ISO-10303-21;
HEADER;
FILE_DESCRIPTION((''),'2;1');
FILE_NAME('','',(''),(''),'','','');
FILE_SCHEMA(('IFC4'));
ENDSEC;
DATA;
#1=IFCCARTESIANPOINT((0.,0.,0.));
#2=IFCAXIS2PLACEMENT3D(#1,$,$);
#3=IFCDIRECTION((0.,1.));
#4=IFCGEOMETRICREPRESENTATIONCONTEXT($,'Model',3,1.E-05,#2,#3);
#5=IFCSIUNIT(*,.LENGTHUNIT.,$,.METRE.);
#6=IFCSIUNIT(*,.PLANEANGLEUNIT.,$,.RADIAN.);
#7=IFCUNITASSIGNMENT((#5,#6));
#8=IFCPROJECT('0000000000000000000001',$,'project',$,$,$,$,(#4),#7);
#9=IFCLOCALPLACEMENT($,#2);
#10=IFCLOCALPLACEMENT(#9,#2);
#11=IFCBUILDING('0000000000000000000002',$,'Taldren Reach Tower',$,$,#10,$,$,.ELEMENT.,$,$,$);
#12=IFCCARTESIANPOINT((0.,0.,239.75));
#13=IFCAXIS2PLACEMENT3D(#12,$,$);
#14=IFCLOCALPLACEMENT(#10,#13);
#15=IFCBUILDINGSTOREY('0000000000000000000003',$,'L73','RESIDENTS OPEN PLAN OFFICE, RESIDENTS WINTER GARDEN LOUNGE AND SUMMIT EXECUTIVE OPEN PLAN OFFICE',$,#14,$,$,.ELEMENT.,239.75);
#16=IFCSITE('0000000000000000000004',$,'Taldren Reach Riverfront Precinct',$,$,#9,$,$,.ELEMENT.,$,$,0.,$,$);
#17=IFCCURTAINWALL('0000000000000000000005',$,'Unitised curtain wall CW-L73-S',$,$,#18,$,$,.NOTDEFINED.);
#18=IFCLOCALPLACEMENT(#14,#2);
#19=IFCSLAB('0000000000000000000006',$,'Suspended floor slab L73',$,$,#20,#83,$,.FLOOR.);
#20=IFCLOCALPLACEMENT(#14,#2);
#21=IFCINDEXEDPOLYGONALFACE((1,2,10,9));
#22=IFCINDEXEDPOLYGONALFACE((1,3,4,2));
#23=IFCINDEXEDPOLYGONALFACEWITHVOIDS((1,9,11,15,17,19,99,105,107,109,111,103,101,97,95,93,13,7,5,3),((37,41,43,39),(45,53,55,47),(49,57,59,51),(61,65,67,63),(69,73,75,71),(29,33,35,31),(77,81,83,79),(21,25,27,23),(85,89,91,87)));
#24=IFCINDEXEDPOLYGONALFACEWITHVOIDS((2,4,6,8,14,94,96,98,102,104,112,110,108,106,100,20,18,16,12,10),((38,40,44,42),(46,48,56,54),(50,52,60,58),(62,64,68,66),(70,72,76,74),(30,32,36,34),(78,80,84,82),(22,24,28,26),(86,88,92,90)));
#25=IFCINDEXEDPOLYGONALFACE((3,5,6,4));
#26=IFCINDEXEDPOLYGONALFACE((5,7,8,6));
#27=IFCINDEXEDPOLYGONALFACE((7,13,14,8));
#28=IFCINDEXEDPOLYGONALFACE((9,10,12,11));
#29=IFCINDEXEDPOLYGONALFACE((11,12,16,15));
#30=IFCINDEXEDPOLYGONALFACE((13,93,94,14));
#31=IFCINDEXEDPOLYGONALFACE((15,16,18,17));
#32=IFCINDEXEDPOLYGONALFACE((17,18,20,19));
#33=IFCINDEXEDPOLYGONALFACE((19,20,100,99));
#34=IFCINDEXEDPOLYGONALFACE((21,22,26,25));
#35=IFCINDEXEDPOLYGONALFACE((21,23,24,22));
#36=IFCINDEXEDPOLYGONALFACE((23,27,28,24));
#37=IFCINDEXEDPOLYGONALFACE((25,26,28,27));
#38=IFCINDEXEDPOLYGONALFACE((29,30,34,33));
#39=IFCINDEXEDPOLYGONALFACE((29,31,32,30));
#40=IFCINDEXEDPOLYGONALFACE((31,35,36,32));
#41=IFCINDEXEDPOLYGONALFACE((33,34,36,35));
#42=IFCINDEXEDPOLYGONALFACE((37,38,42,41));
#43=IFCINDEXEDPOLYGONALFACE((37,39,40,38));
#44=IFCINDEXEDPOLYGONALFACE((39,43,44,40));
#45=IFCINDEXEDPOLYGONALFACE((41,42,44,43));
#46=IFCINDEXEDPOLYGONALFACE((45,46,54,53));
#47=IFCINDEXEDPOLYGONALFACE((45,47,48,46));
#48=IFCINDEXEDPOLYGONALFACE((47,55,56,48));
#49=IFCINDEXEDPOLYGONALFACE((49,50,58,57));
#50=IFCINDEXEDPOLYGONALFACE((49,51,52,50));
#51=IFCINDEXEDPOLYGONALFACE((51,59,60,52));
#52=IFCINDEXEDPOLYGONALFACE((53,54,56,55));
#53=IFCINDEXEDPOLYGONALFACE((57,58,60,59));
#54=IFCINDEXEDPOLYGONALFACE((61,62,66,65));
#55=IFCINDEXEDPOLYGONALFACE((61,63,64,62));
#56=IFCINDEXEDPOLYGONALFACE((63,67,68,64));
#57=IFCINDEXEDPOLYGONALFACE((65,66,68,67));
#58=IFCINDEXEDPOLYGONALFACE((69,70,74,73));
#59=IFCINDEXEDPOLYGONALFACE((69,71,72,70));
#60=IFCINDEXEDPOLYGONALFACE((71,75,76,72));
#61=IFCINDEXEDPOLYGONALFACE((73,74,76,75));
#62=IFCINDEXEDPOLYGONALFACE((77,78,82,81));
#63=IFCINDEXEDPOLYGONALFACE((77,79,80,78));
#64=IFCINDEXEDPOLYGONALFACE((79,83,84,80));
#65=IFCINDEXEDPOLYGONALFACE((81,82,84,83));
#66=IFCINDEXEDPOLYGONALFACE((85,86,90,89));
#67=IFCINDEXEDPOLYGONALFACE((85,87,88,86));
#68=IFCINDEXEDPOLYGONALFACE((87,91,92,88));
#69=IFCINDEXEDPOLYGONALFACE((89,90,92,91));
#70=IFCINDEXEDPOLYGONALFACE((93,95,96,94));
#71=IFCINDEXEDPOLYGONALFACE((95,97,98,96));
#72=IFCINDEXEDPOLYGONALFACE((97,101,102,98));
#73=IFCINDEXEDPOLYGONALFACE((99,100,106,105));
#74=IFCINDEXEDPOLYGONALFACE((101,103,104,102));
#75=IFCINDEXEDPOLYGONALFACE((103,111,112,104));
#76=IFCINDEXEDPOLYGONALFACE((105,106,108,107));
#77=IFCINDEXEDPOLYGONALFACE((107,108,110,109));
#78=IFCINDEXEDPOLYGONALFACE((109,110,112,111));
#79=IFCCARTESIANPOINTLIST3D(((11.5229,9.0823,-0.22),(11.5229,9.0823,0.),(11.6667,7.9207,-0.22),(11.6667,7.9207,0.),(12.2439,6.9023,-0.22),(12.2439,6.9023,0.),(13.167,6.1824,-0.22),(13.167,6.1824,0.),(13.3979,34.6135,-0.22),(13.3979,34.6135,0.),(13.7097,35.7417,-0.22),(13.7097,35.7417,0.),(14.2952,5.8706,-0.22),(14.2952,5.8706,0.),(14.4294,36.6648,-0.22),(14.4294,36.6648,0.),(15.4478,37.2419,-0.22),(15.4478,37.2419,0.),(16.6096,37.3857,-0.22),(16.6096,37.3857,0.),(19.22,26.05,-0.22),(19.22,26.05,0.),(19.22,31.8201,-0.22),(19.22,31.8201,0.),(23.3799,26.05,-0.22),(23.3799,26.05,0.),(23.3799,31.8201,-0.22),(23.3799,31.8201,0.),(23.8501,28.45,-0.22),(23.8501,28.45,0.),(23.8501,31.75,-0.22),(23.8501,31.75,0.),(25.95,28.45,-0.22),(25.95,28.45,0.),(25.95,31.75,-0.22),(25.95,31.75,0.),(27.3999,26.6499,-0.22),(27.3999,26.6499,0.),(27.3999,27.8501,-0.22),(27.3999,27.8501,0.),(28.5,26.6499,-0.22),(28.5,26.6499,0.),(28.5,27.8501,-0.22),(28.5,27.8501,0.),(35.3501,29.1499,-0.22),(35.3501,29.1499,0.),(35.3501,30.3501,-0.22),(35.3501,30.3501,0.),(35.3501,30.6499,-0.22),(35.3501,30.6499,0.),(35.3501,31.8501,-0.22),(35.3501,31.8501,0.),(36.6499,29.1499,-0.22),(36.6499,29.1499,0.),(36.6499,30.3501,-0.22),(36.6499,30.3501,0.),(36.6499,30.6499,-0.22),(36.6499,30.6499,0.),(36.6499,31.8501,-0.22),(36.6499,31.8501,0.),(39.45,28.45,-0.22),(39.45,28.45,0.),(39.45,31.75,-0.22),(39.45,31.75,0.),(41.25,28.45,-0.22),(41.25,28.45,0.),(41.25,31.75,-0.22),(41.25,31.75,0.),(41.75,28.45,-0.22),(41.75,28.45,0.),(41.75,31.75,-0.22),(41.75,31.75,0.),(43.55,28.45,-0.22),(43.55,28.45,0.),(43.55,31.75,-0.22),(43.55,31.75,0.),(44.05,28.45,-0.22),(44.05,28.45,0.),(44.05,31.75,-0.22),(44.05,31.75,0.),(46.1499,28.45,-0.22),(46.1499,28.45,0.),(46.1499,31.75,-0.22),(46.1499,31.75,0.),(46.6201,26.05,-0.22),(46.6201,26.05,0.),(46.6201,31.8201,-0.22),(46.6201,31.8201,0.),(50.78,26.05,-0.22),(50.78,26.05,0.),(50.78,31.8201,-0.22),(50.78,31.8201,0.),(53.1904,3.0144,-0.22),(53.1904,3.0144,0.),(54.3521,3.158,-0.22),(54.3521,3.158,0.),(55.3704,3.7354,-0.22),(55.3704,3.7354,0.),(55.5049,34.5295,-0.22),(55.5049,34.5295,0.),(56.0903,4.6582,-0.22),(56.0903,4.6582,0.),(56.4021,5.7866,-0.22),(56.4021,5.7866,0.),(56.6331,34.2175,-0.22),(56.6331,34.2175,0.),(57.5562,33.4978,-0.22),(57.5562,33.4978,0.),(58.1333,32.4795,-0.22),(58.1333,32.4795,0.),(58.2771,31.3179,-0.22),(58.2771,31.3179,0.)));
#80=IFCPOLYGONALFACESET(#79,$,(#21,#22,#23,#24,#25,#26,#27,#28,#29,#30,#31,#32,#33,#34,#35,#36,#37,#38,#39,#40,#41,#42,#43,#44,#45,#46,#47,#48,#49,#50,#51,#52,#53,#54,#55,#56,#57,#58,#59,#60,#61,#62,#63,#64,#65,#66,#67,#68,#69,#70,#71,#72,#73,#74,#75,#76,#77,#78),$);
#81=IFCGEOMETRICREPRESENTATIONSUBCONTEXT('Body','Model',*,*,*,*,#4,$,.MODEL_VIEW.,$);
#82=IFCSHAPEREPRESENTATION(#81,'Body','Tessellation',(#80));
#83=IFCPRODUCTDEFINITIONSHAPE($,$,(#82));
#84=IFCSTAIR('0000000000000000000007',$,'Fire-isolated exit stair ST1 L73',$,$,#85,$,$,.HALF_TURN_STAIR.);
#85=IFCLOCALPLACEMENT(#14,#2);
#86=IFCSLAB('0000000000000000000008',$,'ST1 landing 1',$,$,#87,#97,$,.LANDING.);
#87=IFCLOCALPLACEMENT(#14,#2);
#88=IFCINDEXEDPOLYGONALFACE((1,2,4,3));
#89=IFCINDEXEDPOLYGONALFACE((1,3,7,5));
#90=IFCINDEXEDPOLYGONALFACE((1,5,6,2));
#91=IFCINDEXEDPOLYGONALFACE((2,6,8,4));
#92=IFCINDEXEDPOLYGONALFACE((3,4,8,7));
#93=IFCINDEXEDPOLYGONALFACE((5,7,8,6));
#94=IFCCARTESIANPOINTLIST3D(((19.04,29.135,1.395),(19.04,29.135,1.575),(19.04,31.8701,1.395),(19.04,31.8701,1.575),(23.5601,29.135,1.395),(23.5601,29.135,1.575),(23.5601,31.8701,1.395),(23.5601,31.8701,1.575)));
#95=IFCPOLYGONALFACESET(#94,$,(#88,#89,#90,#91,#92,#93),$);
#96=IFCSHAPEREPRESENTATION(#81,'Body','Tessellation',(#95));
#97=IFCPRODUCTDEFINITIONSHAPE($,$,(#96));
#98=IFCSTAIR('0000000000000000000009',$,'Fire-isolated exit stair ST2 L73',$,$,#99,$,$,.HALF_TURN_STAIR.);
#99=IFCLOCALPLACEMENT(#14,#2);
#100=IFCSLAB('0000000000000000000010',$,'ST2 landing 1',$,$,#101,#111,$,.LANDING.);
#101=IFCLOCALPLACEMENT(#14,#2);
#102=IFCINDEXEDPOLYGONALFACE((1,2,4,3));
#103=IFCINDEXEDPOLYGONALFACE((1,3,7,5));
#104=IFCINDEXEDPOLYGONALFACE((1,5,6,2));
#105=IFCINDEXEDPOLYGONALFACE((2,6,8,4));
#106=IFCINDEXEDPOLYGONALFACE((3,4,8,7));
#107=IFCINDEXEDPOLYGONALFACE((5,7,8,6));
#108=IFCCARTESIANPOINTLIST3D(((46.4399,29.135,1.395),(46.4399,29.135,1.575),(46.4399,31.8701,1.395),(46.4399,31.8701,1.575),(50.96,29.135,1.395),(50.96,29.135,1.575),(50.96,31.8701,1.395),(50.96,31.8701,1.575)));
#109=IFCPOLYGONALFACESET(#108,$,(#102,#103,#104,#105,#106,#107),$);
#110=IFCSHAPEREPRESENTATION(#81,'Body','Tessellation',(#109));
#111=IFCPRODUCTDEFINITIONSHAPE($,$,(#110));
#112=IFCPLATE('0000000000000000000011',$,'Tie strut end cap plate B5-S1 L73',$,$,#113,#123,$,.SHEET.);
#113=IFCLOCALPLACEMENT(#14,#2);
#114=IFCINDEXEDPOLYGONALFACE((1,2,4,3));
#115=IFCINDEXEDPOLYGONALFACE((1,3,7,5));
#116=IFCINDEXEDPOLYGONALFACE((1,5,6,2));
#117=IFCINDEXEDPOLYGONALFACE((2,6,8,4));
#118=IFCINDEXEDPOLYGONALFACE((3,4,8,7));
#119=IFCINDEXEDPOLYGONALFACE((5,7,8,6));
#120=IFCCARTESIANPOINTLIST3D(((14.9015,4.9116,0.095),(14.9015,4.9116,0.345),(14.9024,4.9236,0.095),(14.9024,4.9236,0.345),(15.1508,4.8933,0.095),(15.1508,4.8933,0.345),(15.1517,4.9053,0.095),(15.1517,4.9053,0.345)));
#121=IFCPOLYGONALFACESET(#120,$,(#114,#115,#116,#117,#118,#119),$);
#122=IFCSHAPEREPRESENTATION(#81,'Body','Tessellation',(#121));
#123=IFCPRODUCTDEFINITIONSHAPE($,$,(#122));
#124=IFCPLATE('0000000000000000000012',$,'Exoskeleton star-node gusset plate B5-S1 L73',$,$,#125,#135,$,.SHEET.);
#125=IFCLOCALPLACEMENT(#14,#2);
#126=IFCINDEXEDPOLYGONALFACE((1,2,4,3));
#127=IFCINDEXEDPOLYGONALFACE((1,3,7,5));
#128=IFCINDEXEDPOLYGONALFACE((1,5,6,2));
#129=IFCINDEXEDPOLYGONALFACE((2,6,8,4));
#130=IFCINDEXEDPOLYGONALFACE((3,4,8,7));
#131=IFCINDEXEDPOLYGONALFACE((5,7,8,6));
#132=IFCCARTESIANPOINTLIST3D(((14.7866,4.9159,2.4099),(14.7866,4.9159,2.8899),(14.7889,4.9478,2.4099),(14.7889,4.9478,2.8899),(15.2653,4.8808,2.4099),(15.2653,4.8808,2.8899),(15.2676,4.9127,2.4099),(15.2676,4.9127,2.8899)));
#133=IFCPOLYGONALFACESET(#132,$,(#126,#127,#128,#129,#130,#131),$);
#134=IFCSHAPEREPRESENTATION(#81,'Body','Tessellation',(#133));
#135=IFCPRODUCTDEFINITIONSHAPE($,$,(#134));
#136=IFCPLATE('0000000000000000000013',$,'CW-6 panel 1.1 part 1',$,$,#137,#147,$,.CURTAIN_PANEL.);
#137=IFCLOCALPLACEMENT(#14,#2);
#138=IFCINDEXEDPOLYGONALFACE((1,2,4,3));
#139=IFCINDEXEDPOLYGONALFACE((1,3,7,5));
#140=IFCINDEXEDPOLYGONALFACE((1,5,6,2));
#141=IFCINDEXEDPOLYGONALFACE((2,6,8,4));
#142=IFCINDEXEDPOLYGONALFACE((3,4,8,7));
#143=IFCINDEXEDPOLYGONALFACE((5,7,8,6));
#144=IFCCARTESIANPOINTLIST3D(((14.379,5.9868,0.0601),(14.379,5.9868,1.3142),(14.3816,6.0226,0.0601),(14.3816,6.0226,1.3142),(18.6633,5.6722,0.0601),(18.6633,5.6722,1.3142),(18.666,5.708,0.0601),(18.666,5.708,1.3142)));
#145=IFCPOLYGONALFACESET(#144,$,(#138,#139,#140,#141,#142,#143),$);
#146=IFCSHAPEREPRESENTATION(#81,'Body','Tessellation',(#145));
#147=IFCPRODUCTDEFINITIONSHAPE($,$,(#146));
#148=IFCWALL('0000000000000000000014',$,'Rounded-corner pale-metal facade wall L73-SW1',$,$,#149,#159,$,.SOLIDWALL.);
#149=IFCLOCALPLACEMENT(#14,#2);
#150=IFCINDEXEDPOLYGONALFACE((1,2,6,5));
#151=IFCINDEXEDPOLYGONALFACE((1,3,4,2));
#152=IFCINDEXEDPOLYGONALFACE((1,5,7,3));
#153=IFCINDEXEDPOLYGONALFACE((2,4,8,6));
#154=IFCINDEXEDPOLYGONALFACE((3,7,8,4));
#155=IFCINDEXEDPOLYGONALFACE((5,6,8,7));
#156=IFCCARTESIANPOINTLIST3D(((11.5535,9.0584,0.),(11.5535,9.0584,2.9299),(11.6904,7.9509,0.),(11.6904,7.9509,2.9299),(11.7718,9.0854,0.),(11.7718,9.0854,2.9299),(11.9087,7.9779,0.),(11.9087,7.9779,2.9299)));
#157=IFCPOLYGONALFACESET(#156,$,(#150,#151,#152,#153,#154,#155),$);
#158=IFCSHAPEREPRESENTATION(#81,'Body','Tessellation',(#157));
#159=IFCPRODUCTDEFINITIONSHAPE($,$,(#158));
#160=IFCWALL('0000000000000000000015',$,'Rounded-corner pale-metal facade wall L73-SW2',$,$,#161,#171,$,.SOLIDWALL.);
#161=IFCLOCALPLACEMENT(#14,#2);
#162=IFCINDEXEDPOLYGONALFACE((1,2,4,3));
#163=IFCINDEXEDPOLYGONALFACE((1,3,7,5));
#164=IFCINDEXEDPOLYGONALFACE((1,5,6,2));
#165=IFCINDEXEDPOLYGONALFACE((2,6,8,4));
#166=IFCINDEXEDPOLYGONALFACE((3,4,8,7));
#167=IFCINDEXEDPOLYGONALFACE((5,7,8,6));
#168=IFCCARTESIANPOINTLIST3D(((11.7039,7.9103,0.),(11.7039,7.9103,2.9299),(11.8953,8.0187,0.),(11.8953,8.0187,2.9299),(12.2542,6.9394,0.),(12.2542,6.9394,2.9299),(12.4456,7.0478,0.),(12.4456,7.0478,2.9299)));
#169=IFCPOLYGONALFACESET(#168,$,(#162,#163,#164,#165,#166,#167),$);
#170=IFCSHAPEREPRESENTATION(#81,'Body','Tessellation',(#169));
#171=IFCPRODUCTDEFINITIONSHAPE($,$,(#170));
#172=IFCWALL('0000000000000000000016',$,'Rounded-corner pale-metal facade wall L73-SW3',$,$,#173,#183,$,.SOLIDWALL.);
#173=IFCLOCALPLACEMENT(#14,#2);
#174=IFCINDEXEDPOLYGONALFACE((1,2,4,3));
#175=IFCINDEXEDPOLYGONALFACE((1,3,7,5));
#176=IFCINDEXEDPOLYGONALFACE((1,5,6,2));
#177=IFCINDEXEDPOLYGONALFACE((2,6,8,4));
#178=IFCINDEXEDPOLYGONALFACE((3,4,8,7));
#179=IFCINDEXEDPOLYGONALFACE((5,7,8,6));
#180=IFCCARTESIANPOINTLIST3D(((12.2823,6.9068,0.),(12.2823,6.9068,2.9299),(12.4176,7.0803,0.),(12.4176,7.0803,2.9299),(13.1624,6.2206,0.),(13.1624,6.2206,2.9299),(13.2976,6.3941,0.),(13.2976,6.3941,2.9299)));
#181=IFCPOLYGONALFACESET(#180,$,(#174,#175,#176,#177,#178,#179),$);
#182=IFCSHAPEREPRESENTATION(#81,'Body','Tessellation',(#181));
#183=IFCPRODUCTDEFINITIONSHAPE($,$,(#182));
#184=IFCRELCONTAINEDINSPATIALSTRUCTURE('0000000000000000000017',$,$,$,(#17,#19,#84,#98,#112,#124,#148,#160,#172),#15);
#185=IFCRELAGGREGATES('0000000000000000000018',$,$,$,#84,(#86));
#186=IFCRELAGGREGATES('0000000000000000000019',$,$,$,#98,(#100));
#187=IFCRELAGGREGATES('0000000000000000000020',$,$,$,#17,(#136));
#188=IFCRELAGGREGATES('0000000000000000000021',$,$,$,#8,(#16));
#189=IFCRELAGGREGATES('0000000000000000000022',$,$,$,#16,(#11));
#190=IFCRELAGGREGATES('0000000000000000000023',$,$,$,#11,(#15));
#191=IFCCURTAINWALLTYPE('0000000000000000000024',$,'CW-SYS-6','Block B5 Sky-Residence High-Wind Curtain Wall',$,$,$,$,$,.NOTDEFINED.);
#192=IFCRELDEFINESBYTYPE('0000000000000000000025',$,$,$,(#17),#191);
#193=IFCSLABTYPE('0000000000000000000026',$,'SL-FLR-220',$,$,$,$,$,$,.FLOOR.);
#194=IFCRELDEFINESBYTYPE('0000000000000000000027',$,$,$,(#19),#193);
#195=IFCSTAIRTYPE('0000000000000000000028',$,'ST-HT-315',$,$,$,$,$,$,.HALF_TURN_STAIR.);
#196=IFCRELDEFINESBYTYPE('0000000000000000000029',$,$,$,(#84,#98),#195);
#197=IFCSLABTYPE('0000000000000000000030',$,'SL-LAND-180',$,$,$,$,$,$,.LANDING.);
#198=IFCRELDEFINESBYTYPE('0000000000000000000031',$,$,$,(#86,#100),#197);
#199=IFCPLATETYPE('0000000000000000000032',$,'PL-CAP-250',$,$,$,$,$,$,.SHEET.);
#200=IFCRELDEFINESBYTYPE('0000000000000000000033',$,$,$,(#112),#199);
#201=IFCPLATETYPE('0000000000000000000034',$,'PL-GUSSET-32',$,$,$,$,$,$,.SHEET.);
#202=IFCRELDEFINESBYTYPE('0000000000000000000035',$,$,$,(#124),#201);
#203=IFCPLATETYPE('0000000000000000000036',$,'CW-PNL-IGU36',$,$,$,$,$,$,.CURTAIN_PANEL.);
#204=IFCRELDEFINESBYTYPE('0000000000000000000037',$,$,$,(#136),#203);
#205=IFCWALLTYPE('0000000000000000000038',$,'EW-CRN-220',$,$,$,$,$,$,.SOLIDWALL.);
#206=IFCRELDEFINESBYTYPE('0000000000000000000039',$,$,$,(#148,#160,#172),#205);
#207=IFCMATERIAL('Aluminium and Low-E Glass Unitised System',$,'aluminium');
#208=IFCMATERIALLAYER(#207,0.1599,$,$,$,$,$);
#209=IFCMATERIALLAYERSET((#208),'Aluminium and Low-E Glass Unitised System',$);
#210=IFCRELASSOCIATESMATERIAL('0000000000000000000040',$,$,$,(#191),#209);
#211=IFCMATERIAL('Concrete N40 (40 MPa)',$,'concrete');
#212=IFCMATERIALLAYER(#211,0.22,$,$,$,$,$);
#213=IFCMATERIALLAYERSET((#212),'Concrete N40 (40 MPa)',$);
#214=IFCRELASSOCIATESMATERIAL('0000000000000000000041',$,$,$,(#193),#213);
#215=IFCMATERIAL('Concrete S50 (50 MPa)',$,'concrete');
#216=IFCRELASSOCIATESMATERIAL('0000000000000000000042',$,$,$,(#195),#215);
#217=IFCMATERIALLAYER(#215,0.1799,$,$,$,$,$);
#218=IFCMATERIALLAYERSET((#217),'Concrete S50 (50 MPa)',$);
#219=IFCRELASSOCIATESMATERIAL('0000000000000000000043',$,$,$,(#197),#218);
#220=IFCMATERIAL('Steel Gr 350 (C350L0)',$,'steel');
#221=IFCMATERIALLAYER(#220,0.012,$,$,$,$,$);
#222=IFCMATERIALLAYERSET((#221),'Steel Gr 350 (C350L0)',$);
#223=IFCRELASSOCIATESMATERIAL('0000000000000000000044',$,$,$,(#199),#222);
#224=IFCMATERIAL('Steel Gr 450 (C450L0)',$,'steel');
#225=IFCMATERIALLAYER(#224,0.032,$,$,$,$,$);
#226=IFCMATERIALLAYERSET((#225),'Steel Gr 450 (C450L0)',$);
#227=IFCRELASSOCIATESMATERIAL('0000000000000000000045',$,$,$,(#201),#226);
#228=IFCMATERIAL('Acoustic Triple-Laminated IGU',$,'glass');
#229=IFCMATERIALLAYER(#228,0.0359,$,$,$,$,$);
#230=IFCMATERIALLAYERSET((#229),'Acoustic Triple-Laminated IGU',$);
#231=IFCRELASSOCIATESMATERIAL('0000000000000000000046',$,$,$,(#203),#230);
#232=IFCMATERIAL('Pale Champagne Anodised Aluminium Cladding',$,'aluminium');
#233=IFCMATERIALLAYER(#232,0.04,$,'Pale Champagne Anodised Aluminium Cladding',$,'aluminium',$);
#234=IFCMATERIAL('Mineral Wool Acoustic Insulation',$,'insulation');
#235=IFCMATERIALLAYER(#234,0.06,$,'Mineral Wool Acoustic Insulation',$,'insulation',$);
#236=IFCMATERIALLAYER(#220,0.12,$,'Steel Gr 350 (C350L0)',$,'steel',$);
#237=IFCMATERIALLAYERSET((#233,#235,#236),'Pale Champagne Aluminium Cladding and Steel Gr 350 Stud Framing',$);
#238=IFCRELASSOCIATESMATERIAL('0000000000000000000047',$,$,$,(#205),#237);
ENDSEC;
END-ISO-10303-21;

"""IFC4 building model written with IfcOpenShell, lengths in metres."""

from ifc_helpers import new_model, si_unit, direction, frame, frame_2d, origin, origin_2d, place, context, subcontext, project, spatial, polyline, rectangle, outline, extrude, source, transform, mapped, material, layer, layer_set, type_object, element, aggregate, save


model = new_model("IFC4")

# Units and contexts
model_context = context("Model", 3, precision=1e-05, world=origin(), true_north=direction((0.0, 1.0)))
body_context = subcontext(model_context, "Body", "Model", "MODEL_VIEW")
ifc_project = project(units=[si_unit("LENGTHUNIT", "METRE"), si_unit("PLANEANGLEUNIT", "RADIAN")], contexts=[model_context])

# Site, building, storey
site_placement = place(None, origin())
site = spatial("IfcSite", under=ifc_project, at=site_placement, Name="Taldren Reach Riverfront Precinct", CompositionType="ELEMENT", RefElevation=0.0)
building_placement = place(site_placement, origin())
building = spatial("IfcBuilding", under=site, at=building_placement, Name="Taldren Reach Tower", CompositionType="ELEMENT")
storey_placement = place(building_placement, frame((0.0, 0.0, 239.75)))
storey = spatial("IfcBuildingStorey", under=building, at=storey_placement, Name="L73", Description="RESIDENTS OPEN PLAN OFFICE, RESIDENTS WINTER GARDEN LOUNGE AND SUMMIT EXECUTIVE OPEN PLAN OFFICE", CompositionType="ELEMENT", Elevation=239.75)

# Shared definitions
ifc_material_1 = material(Name="Steel Gr 350 (C350L0)", Category="steel")

# Shared definitions
ifc_material_2 = material(Name="Steel Gr 450 (C450L0)", Category="steel")

# Curtain wall
ifc_material_3 = material(Name="Aluminium and Low-E Glass Unitised System", Category="aluminium")
ifc_layer_1 = layer(ifc_material_3, 0.1599)
ifc_layer_set_1 = layer_set([ifc_layer_1], Name="Aluminium and Low-E Glass Unitised System")
curtain_wall_type = type_object("IfcCurtainWallType", Name="CW-SYS-6", Description="Block B5 Sky-Residence High-Wind Curtain Wall", PredefinedType="NOTDEFINED", material=ifc_layer_set_1)
curtain_wall_1_placement = place(storey_placement, origin())
curtain_wall_1 = element("IfcCurtainWall", 1, at=curtain_wall_1_placement, inside=storey, type_object=curtain_wall_type, Name="Unitised curtain wall CW-L73-S", PredefinedType="NOTDEFINED")

# Slab
ifc_material_4 = material(Name="Concrete N40 (40 MPa)", Category="concrete")
ifc_layer_2 = layer(ifc_material_4, 0.22)
ifc_layer_set_2 = layer_set([ifc_layer_2], Name="Concrete N40 (40 MPa)")
slab_type_1 = type_object("IfcSlabType", Name="SL-FLR-220", PredefinedType="FLOOR", material=ifc_layer_set_2)
slab_1_placement = place(storey_placement, frame((0.0, 0.0, -0.22)))
element("IfcSlab", 2, at=slab_1_placement, inside=storey, type_object=slab_type_1, Name="Suspended floor slab L73", PredefinedType="FLOOR", context=body_context, shape_type="SweptSolid", body=[
    extrude(outline(polyline([(53.1904, 3.0144), (54.3521, 3.158), (55.3704, 3.7354), (56.0903, 4.6582), (56.4021, 5.7866), (58.2771, 31.3179), (58.1333, 32.4795), (57.5562, 33.4978), (56.6331, 34.2175), (55.5049, 34.5295), (16.6096, 37.3857), (15.4478, 37.2419), (14.4294, 36.6648), (13.7097, 35.7417), (13.3979, 34.6135), (11.5229, 9.0823), (11.6667, 7.9207), (12.2439, 6.9023), (13.167, 6.1824), (14.2952, 5.8706), (53.1904, 3.0144)]), holes=[polyline([(19.22, 26.05), (23.3799, 26.05), (23.3799, 31.8201), (19.22, 31.8201), (19.22, 26.05)]), polyline([(46.6201, 26.05), (50.78, 26.05), (50.78, 31.8201), (46.6201, 31.8201), (46.6201, 26.05)]), polyline([(23.8501, 28.45), (25.95, 28.45), (25.95, 31.75), (23.8501, 31.75), (23.8501, 28.45)]), polyline([(44.05, 28.45), (46.1499, 28.45), (46.1499, 31.75), (44.05, 31.75), (44.05, 28.45)]), polyline([(39.45, 28.45), (41.25, 28.45), (41.25, 31.75), (39.45, 31.75), (39.45, 28.45)]), polyline([(41.75, 28.45), (43.55, 28.45), (43.55, 31.75), (41.75, 31.75), (41.75, 28.45)]), polyline([(35.3501, 30.6499), (36.6499, 30.6499), (36.6499, 31.8501), (35.3501, 31.8501), (35.3501, 30.6499)]), polyline([(35.3501, 29.1499), (36.6499, 29.1499), (36.6499, 30.3501), (35.3501, 30.3501), (35.3501, 29.1499)]), polyline([(27.3999, 26.6499), (28.5, 26.6499), (28.5, 27.8501), (27.3999, 27.8501), (27.3999, 26.6499)])]), origin(), (0.0, 0.0, 1.0), 0.22),
])

# Stairs, slabs
ifc_material_5 = material(Name="Concrete S50 (50 MPa)", Category="concrete")
stair_type = type_object("IfcStairType", Name="ST-HT-315", PredefinedType="HALF_TURN_STAIR", material=ifc_material_5)
stair_1_placement = place(storey_placement, origin())
stair_1 = element("IfcStair", 3, at=stair_1_placement, inside=storey, type_object=stair_type, Name="Fire-isolated exit stair ST1 L73", PredefinedType="HALF_TURN_STAIR")
ifc_layer_3 = layer(ifc_material_5, 0.1799)
ifc_layer_set_3 = layer_set([ifc_layer_3], Name="Concrete S50 (50 MPa)")
slab_type_2 = type_object("IfcSlabType", Name="SL-LAND-180", PredefinedType="LANDING", material=ifc_layer_set_3)
slab_2_placement = place(storey_placement, frame((0.0, 0.0, 1.395)))
slab_2 = element("IfcSlab", 4, at=slab_2_placement, type_object=slab_type_2, Name="ST1 landing 1", PredefinedType="LANDING", context=body_context, shape_type="SweptSolid", body=[
    extrude(outline(polyline([(19.04, 29.135), (23.5601, 29.135), (23.5601, 31.8701), (19.04, 31.8701), (19.04, 29.135)])), origin(), (0.0, 0.0, 1.0), 0.1799),
])
aggregate(stair_1, [slab_2])
stair_2_placement = place(storey_placement, origin())
stair_2 = element("IfcStair", 5, at=stair_2_placement, inside=storey, type_object=stair_type, Name="Fire-isolated exit stair ST2 L73", PredefinedType="HALF_TURN_STAIR")
slab_3_placement = place(storey_placement, frame((0.0, 0.0, 1.395)))
slab_3 = element("IfcSlab", 6, at=slab_3_placement, type_object=slab_type_2, Name="ST2 landing 1", PredefinedType="LANDING", context=body_context, shape_type="SweptSolid", body=[
    extrude(outline(polyline([(46.4399, 29.135), (50.96, 29.135), (50.96, 31.8701), (46.4399, 31.8701), (46.4399, 29.135)])), origin(), (0.0, 0.0, 1.0), 0.1799),
])
aggregate(stair_2, [slab_3])

# Plates
ifc_layer_4 = layer(ifc_material_1, 0.012)
ifc_layer_set_4 = layer_set([ifc_layer_4], Name="Steel Gr 350 (C350L0)")
plate_type_1 = type_object("IfcPlateType", Name="PL-CAP-250", PredefinedType="SHEET", material=ifc_layer_set_4)
shared_shape_1 = source(origin(), body_context, "Body", "SweptSolid", [
    extrude(rectangle(XDim=0.25, YDim=0.012, at=origin_2d()), origin(), (0.0, 0.0, 1.0), 0.25),
])
plate_1_placement = place(storey_placement, frame((15.0266, 4.9084, 0.095), z_axis=(0.0, 0.0, 1.0), x_axis=(0.997314, -0.073238, 0.0)))
element("IfcPlate", 7, at=plate_1_placement, inside=storey, type_object=plate_type_1, Name="Tie strut end cap plate B5-S1 L73", PredefinedType="SHEET", context=body_context, shape_type="MappedRepresentation", body=[
    mapped(shared_shape_1, transform((0.0, 0.0, 0.0), scale=1.0)),
])
ifc_layer_5 = layer(ifc_material_2, 0.032)
ifc_layer_set_5 = layer_set([ifc_layer_5], Name="Steel Gr 450 (C450L0)")
plate_type_2 = type_object("IfcPlateType", Name="PL-GUSSET-32", PredefinedType="SHEET", material=ifc_layer_set_5)
shared_shape_2 = source(origin(), body_context, "Body", "SweptSolid", [
    extrude(rectangle(XDim=0.48, YDim=0.032, at=origin_2d()), origin(), (0.0, 0.0, 1.0), 0.48),
])
plate_2_placement = place(storey_placement, frame((15.0271, 4.9143, 2.4099), z_axis=(0.0, 0.0, 1.0), x_axis=(0.997314, -0.073238, 0.0)))
element("IfcPlate", 8, at=plate_2_placement, inside=storey, type_object=plate_type_2, Name="Exoskeleton star-node gusset plate B5-S1 L73", PredefinedType="SHEET", context=body_context, shape_type="MappedRepresentation", body=[
    mapped(shared_shape_2, transform((0.0, 0.0, 0.0), scale=1.0)),
])

# Plate
ifc_material_6 = material(Name="Acoustic Triple-Laminated IGU", Category="glass")
ifc_layer_6 = layer(ifc_material_6, 0.0359)
ifc_layer_set_6 = layer_set([ifc_layer_6], Name="Acoustic Triple-Laminated IGU")
plate_type_3 = type_object("IfcPlateType", Name="CW-PNL-IGU36", PredefinedType="CURTAIN_PANEL", material=ifc_layer_set_6)
shared_shape_3 = source(origin(), body_context, "Body", "SweptSolid", [
    extrude(rectangle(XDim=4.2959, YDim=0.0359, at=origin_2d()), origin(), (0.0, 0.0, 1.0), 1.2542),
])
plate_3_placement = place(storey_placement, frame((16.5225, 5.8474, 0.0601), z_axis=(0.0, 0.0, 1.0), x_axis=(0.997314, -0.073238, 0.0)))
plate_3 = element("IfcPlate", 9, at=plate_3_placement, type_object=plate_type_3, Name="CW-6 panel 1.1 part 1", PredefinedType="CURTAIN_PANEL", context=body_context, shape_type="MappedRepresentation", body=[
    mapped(shared_shape_3, transform((0.0, 0.0, 0.0), scale=1.0)),
])
aggregate(curtain_wall_1, [plate_3])

# Walls
ifc_material_7 = material(Name="Pale Champagne Anodised Aluminium Cladding", Category="aluminium")
ifc_layer_7 = layer(ifc_material_7, 0.04, Name="Pale Champagne Anodised Aluminium Cladding", Category="aluminium")
ifc_material_8 = material(Name="Mineral Wool Acoustic Insulation", Category="insulation")
ifc_layer_8 = layer(ifc_material_8, 0.06, Name="Mineral Wool Acoustic Insulation", Category="insulation")
ifc_layer_9 = layer(ifc_material_1, 0.12, Name="Steel Gr 350 (C350L0)", Category="steel")
ifc_layer_set_7 = layer_set([ifc_layer_7, ifc_layer_8, ifc_layer_9], Name="Pale Champagne Aluminium Cladding and Steel Gr 350 Stud Framing")
wall_type_1 = type_object("IfcWallType", Name="EW-CRN-220", PredefinedType="SOLIDWALL", material=ifc_layer_set_7)
shared_shape_4 = source(origin(), body_context, "Body", "SweptSolid", [
    extrude(rectangle(XDim=1.116, YDim=0.22, at=frame_2d((0.5581, 0.0))), origin(), (0.0, 0.0, 1.0), 2.9299),
])
for number, where, z_axis, x_axis, name in (
    (10, (11.6626, 9.072, 0.0), (0.0, 0.0, 1.0), (0.122742, -0.992439, 0.0), "Rounded-corner pale-metal facade wall L73-SW1"),
    (11, (11.7996, 7.9646, 0.0), (0.0, 0.0, 1.0), (0.493073, -0.869988, 0.0), "Rounded-corner pale-metal facade wall L73-SW2"),
    (12, (12.3499, 6.9937, 0.0), (0.0, 0.0, 1.0), (0.788598, -0.614909, 0.0), "Rounded-corner pale-metal facade wall L73-SW3"),
):
    element("IfcWall", number, at=place(storey_placement, frame(where, z_axis=z_axis, x_axis=x_axis)), inside=storey, type_object=wall_type_1, Name=name, PredefinedType="SOLIDWALL", context=body_context, shape_type="MappedRepresentation", body=[
        mapped(shared_shape_4, transform((0.0, 0.0, 0.0), scale=1.0)),
    ])

save(model, "model.ifc")
